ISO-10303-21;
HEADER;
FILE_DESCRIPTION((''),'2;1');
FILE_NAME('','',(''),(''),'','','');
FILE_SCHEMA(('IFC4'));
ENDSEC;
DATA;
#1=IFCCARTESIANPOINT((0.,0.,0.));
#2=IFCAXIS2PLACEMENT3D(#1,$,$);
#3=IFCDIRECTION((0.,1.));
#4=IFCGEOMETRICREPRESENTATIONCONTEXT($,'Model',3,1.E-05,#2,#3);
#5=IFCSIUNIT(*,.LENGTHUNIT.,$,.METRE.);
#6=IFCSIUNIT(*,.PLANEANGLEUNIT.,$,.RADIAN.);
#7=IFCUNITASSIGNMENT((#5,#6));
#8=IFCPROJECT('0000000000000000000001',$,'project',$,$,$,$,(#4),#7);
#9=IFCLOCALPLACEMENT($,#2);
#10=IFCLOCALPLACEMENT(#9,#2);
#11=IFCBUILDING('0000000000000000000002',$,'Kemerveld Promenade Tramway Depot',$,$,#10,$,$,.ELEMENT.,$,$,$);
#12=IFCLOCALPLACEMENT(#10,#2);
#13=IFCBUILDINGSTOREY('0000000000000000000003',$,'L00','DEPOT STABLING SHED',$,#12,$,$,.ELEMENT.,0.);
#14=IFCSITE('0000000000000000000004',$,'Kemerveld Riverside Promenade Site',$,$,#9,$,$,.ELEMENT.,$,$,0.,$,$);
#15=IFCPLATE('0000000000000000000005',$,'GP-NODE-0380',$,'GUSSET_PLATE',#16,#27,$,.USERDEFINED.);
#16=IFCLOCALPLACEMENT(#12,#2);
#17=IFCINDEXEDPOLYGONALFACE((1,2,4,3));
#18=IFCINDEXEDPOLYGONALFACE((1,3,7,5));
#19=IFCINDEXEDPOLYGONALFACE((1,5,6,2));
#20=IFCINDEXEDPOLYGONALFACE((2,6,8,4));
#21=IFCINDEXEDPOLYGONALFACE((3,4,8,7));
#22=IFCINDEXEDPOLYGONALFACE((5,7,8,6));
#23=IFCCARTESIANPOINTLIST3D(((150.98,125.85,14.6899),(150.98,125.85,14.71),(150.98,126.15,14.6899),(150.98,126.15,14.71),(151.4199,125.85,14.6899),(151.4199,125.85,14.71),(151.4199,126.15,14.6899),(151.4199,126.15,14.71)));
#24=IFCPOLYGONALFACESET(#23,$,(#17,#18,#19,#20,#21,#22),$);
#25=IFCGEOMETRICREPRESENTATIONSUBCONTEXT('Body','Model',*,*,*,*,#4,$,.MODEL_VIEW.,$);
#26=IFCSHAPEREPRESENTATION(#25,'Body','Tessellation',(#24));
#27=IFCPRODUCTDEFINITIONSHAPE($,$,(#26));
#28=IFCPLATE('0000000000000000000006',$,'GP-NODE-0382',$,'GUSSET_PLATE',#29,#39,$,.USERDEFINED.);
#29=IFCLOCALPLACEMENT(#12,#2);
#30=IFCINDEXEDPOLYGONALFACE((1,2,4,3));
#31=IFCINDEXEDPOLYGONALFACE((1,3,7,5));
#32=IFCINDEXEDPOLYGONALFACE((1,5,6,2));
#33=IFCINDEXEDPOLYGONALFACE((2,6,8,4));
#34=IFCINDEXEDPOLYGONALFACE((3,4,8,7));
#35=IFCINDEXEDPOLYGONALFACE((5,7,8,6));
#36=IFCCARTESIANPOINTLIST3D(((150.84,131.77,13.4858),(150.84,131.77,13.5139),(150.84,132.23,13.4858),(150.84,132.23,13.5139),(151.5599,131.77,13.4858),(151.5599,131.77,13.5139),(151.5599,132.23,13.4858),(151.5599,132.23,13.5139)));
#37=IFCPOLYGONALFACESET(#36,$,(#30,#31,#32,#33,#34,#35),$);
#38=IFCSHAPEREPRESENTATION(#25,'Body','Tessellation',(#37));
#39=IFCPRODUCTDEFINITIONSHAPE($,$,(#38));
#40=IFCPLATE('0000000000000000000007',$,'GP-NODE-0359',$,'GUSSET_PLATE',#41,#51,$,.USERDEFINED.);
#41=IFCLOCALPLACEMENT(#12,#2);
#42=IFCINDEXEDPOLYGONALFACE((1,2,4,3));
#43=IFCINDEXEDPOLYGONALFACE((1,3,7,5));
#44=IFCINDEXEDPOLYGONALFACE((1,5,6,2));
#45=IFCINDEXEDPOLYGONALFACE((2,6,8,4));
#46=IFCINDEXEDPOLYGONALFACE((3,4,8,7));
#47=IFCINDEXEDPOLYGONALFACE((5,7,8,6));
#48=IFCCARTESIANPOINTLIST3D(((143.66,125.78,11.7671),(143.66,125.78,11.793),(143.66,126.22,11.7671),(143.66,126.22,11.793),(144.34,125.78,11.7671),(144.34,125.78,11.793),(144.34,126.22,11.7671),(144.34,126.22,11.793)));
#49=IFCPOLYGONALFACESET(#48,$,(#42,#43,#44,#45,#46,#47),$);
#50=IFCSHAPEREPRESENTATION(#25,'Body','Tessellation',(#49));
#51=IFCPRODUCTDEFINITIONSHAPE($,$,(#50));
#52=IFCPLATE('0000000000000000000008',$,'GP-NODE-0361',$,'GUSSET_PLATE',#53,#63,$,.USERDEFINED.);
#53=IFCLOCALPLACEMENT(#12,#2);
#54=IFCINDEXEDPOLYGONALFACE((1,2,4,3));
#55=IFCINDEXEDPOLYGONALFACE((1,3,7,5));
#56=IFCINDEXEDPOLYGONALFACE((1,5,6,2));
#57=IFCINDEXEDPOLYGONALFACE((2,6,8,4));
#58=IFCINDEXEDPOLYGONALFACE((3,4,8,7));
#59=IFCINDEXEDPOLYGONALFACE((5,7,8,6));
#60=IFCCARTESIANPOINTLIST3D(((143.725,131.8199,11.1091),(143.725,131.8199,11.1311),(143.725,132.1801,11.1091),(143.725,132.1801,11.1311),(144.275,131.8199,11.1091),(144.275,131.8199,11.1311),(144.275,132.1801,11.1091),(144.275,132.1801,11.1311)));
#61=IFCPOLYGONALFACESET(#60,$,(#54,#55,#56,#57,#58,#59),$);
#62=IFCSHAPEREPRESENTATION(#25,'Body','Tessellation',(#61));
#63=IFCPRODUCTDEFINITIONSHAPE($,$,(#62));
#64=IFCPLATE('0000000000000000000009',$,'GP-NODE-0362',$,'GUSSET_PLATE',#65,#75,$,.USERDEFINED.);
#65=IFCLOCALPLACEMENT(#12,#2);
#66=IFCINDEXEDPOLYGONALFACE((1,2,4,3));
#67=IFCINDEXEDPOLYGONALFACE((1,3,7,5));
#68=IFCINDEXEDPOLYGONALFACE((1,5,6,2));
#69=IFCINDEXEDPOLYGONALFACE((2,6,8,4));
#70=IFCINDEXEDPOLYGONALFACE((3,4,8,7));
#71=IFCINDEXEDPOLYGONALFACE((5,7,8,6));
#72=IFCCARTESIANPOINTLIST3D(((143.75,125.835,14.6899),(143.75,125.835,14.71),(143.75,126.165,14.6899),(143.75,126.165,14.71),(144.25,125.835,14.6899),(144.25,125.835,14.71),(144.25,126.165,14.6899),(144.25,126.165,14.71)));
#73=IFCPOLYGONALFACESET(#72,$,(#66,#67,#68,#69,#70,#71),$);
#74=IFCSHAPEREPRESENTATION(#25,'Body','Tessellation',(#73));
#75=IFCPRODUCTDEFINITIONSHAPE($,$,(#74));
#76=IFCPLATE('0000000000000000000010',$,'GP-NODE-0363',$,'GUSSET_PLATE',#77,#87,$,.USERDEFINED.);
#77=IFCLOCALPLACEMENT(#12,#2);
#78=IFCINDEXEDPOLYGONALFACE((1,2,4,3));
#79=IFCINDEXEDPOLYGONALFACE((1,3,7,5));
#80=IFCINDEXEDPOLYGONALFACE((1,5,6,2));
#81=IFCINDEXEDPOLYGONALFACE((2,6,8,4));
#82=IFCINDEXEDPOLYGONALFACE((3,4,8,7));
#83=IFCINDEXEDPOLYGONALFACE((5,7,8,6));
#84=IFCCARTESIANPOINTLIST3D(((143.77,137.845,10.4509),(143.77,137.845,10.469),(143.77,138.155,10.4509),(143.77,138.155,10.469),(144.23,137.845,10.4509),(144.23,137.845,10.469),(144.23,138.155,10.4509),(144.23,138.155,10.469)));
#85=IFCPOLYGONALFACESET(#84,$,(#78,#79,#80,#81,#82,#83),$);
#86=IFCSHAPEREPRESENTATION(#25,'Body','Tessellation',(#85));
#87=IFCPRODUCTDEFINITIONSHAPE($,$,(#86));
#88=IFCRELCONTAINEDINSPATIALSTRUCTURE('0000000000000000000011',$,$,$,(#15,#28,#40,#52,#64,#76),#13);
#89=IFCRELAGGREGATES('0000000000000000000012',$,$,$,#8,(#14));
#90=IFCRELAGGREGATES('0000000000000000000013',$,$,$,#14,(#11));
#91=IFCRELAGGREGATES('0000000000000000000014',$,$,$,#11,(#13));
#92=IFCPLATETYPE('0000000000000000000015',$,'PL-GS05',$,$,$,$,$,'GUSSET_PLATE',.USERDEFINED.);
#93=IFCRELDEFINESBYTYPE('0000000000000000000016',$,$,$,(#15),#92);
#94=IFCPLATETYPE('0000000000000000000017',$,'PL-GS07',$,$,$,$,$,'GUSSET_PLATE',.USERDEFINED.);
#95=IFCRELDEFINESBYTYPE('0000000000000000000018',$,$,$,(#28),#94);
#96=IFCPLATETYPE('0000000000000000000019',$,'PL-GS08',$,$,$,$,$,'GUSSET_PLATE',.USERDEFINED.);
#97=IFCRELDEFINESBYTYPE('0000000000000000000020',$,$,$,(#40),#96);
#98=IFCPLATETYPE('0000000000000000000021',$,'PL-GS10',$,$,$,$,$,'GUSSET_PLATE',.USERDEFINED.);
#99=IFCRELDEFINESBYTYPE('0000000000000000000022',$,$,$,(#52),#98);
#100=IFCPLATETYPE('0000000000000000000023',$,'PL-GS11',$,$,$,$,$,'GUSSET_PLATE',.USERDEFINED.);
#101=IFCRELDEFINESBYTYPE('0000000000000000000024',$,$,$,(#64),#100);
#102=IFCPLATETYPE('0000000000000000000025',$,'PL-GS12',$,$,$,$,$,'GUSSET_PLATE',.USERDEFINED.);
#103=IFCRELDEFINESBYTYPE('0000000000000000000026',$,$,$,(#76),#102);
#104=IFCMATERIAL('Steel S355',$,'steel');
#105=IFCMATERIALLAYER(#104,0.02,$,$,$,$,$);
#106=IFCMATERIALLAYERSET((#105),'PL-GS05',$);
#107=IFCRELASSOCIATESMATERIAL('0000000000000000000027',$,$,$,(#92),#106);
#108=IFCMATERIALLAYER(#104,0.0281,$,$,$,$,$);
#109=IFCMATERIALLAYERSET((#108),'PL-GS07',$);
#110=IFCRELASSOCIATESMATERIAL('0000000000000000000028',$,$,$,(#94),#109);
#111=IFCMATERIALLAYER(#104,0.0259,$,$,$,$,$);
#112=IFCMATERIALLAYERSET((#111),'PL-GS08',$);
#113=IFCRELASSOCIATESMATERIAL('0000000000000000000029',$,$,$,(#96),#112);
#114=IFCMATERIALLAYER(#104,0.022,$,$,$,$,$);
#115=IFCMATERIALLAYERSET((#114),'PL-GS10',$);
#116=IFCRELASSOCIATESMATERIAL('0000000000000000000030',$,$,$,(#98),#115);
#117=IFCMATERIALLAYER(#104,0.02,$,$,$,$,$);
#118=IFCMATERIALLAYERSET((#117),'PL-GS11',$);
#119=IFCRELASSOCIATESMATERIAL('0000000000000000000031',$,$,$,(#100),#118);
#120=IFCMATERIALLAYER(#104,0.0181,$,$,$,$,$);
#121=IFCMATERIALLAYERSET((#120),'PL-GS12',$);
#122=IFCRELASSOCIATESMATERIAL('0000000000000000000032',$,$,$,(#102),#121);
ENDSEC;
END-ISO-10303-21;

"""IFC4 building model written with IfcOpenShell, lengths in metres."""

from ifc_helpers import new_model, si_unit, direction, frame, origin, origin_2d, place, context, subcontext, project, spatial, rectangle, extrude, material, layer, layer_set, type_object, element, save


model = new_model("IFC4")

# Units and contexts
model_context = context("Model", 3, precision=1e-05, world=origin(), true_north=direction((0.0, 1.0)))
body_context = subcontext(model_context, "Body", "Model", "MODEL_VIEW")
ifc_project = project(units=[si_unit("LENGTHUNIT", "METRE"), si_unit("PLANEANGLEUNIT", "RADIAN")], contexts=[model_context])

# Site, building, storey
site_placement = place(None, origin())
site = spatial("IfcSite", under=ifc_project, at=site_placement, Name="Kemerveld Riverside Promenade Site", CompositionType="ELEMENT", RefElevation=0.0)
building_placement = place(site_placement, origin())
building = spatial("IfcBuilding", under=site, at=building_placement, Name="Kemerveld Promenade Tramway Depot", CompositionType="ELEMENT")
storey_placement = place(building_placement, origin())
storey = spatial("IfcBuildingStorey", under=building, at=storey_placement, Name="L00", Description="DEPOT STABLING SHED", CompositionType="ELEMENT", Elevation=0.0)

# Shared definitions
ifc_material = material(Name="Steel S355", Category="steel")

# Plates
ifc_layer_1 = layer(ifc_material, 0.02)
ifc_layer_set_1 = layer_set([ifc_layer_1], Name="PL-GS05")
plate_type_1 = type_object("IfcPlateType", Name="PL-GS05", ElementType="GUSSET_PLATE", PredefinedType="USERDEFINED", material=ifc_layer_set_1)
plate_1_placement = place(storey_placement, frame((151.2, 126.0, 14.6899), z_axis=(0.0, 0.0, 1.0), x_axis=(1.0, 0.0, 0.0)))
element("IfcPlate", 1, at=plate_1_placement, inside=storey, type_object=plate_type_1, Name="GP-NODE-0380", ObjectType="GUSSET_PLATE", PredefinedType="USERDEFINED", context=body_context, shape_type="SweptSolid", body=[
    extrude(rectangle(XDim=0.4399, YDim=0.3, at=origin_2d()), origin(), (0.0, 0.0, 1.0), 0.02),
])
ifc_layer_2 = layer(ifc_material, 0.0281)
ifc_layer_set_2 = layer_set([ifc_layer_2], Name="PL-GS07")
plate_type_2 = type_object("IfcPlateType", Name="PL-GS07", ElementType="GUSSET_PLATE", PredefinedType="USERDEFINED", material=ifc_layer_set_2)
plate_2_placement = place(storey_placement, frame((151.2, 132.0, 13.4858), z_axis=(0.0, 0.0, 1.0), x_axis=(1.0, 0.0, 0.0)))
element("IfcPlate", 2, at=plate_2_placement, inside=storey, type_object=plate_type_2, Name="GP-NODE-0382", ObjectType="GUSSET_PLATE", PredefinedType="USERDEFINED", context=body_context, shape_type="SweptSolid", body=[
    extrude(rectangle(XDim=0.72, YDim=0.46, at=origin_2d()), origin(), (0.0, 0.0, 1.0), 0.0281),
])
ifc_layer_3 = layer(ifc_material, 0.0259)
ifc_layer_set_3 = layer_set([ifc_layer_3], Name="PL-GS08")
plate_type_3 = type_object("IfcPlateType", Name="PL-GS08", ElementType="GUSSET_PLATE", PredefinedType="USERDEFINED", material=ifc_layer_set_3)
plate_3_placement = place(storey_placement, frame((144.0, 126.0, 11.7671), z_axis=(0.0, 0.0, 1.0), x_axis=(1.0, 0.0, 0.0)))
element("IfcPlate", 3, at=plate_3_placement, inside=storey, type_object=plate_type_3, Name="GP-NODE-0359", ObjectType="GUSSET_PLATE", PredefinedType="USERDEFINED", context=body_context, shape_type="SweptSolid", body=[
    extrude(rectangle(XDim=0.6799, YDim=0.4399, at=origin_2d()), origin(), (0.0, 0.0, 1.0), 0.0259),
])
ifc_layer_4 = layer(ifc_material, 0.022)
ifc_layer_set_4 = layer_set([ifc_layer_4], Name="PL-GS10")
plate_type_4 = type_object("IfcPlateType", Name="PL-GS10", ElementType="GUSSET_PLATE", PredefinedType="USERDEFINED", material=ifc_layer_set_4)
plate_4_placement = place(storey_placement, frame((144.0, 132.0, 11.1091), z_axis=(0.0, 0.0, 1.0), x_axis=(1.0, 0.0, 0.0)))
element("IfcPlate", 4, at=plate_4_placement, inside=storey, type_object=plate_type_4, Name="GP-NODE-0361", ObjectType="GUSSET_PLATE", PredefinedType="USERDEFINED", context=body_context, shape_type="SweptSolid", body=[
    extrude(rectangle(XDim=0.55, YDim=0.3601, at=origin_2d()), origin(), (0.0, 0.0, 1.0), 0.022),
])
ifc_layer_5 = layer(ifc_material, 0.02)
ifc_layer_set_5 = layer_set([ifc_layer_5], Name="PL-GS11")
plate_type_5 = type_object("IfcPlateType", Name="PL-GS11", ElementType="GUSSET_PLATE", PredefinedType="USERDEFINED", material=ifc_layer_set_5)
plate_5_placement = place(storey_placement, frame((144.0, 126.0, 14.6899), z_axis=(0.0, 0.0, 1.0), x_axis=(1.0, 0.0, 0.0)))
element("IfcPlate", 5, at=plate_5_placement, inside=storey, type_object=plate_type_5, Name="GP-NODE-0362", ObjectType="GUSSET_PLATE", PredefinedType="USERDEFINED", context=body_context, shape_type="SweptSolid", body=[
    extrude(rectangle(XDim=0.5, YDim=0.3301, at=origin_2d()), origin(), (0.0, 0.0, 1.0), 0.02),
])
ifc_layer_6 = layer(ifc_material, 0.0181)
ifc_layer_set_6 = layer_set([ifc_layer_6], Name="PL-GS12")
plate_type_6 = type_object("IfcPlateType", Name="PL-GS12", ElementType="GUSSET_PLATE", PredefinedType="USERDEFINED", material=ifc_layer_set_6)
plate_6_placement = place(storey_placement, frame((144.0, 138.0, 10.4509), z_axis=(0.0, 0.0, 1.0), x_axis=(1.0, 0.0, 0.0)))
element("IfcPlate", 6, at=plate_6_placement, inside=storey, type_object=plate_type_6, Name="GP-NODE-0363", ObjectType="GUSSET_PLATE", PredefinedType="USERDEFINED", context=body_context, shape_type="SweptSolid", body=[
    extrude(rectangle(XDim=0.46, YDim=0.3101, at=origin_2d()), origin(), (0.0, 0.0, 1.0), 0.0181),
])

save(model, "model.ifc")
